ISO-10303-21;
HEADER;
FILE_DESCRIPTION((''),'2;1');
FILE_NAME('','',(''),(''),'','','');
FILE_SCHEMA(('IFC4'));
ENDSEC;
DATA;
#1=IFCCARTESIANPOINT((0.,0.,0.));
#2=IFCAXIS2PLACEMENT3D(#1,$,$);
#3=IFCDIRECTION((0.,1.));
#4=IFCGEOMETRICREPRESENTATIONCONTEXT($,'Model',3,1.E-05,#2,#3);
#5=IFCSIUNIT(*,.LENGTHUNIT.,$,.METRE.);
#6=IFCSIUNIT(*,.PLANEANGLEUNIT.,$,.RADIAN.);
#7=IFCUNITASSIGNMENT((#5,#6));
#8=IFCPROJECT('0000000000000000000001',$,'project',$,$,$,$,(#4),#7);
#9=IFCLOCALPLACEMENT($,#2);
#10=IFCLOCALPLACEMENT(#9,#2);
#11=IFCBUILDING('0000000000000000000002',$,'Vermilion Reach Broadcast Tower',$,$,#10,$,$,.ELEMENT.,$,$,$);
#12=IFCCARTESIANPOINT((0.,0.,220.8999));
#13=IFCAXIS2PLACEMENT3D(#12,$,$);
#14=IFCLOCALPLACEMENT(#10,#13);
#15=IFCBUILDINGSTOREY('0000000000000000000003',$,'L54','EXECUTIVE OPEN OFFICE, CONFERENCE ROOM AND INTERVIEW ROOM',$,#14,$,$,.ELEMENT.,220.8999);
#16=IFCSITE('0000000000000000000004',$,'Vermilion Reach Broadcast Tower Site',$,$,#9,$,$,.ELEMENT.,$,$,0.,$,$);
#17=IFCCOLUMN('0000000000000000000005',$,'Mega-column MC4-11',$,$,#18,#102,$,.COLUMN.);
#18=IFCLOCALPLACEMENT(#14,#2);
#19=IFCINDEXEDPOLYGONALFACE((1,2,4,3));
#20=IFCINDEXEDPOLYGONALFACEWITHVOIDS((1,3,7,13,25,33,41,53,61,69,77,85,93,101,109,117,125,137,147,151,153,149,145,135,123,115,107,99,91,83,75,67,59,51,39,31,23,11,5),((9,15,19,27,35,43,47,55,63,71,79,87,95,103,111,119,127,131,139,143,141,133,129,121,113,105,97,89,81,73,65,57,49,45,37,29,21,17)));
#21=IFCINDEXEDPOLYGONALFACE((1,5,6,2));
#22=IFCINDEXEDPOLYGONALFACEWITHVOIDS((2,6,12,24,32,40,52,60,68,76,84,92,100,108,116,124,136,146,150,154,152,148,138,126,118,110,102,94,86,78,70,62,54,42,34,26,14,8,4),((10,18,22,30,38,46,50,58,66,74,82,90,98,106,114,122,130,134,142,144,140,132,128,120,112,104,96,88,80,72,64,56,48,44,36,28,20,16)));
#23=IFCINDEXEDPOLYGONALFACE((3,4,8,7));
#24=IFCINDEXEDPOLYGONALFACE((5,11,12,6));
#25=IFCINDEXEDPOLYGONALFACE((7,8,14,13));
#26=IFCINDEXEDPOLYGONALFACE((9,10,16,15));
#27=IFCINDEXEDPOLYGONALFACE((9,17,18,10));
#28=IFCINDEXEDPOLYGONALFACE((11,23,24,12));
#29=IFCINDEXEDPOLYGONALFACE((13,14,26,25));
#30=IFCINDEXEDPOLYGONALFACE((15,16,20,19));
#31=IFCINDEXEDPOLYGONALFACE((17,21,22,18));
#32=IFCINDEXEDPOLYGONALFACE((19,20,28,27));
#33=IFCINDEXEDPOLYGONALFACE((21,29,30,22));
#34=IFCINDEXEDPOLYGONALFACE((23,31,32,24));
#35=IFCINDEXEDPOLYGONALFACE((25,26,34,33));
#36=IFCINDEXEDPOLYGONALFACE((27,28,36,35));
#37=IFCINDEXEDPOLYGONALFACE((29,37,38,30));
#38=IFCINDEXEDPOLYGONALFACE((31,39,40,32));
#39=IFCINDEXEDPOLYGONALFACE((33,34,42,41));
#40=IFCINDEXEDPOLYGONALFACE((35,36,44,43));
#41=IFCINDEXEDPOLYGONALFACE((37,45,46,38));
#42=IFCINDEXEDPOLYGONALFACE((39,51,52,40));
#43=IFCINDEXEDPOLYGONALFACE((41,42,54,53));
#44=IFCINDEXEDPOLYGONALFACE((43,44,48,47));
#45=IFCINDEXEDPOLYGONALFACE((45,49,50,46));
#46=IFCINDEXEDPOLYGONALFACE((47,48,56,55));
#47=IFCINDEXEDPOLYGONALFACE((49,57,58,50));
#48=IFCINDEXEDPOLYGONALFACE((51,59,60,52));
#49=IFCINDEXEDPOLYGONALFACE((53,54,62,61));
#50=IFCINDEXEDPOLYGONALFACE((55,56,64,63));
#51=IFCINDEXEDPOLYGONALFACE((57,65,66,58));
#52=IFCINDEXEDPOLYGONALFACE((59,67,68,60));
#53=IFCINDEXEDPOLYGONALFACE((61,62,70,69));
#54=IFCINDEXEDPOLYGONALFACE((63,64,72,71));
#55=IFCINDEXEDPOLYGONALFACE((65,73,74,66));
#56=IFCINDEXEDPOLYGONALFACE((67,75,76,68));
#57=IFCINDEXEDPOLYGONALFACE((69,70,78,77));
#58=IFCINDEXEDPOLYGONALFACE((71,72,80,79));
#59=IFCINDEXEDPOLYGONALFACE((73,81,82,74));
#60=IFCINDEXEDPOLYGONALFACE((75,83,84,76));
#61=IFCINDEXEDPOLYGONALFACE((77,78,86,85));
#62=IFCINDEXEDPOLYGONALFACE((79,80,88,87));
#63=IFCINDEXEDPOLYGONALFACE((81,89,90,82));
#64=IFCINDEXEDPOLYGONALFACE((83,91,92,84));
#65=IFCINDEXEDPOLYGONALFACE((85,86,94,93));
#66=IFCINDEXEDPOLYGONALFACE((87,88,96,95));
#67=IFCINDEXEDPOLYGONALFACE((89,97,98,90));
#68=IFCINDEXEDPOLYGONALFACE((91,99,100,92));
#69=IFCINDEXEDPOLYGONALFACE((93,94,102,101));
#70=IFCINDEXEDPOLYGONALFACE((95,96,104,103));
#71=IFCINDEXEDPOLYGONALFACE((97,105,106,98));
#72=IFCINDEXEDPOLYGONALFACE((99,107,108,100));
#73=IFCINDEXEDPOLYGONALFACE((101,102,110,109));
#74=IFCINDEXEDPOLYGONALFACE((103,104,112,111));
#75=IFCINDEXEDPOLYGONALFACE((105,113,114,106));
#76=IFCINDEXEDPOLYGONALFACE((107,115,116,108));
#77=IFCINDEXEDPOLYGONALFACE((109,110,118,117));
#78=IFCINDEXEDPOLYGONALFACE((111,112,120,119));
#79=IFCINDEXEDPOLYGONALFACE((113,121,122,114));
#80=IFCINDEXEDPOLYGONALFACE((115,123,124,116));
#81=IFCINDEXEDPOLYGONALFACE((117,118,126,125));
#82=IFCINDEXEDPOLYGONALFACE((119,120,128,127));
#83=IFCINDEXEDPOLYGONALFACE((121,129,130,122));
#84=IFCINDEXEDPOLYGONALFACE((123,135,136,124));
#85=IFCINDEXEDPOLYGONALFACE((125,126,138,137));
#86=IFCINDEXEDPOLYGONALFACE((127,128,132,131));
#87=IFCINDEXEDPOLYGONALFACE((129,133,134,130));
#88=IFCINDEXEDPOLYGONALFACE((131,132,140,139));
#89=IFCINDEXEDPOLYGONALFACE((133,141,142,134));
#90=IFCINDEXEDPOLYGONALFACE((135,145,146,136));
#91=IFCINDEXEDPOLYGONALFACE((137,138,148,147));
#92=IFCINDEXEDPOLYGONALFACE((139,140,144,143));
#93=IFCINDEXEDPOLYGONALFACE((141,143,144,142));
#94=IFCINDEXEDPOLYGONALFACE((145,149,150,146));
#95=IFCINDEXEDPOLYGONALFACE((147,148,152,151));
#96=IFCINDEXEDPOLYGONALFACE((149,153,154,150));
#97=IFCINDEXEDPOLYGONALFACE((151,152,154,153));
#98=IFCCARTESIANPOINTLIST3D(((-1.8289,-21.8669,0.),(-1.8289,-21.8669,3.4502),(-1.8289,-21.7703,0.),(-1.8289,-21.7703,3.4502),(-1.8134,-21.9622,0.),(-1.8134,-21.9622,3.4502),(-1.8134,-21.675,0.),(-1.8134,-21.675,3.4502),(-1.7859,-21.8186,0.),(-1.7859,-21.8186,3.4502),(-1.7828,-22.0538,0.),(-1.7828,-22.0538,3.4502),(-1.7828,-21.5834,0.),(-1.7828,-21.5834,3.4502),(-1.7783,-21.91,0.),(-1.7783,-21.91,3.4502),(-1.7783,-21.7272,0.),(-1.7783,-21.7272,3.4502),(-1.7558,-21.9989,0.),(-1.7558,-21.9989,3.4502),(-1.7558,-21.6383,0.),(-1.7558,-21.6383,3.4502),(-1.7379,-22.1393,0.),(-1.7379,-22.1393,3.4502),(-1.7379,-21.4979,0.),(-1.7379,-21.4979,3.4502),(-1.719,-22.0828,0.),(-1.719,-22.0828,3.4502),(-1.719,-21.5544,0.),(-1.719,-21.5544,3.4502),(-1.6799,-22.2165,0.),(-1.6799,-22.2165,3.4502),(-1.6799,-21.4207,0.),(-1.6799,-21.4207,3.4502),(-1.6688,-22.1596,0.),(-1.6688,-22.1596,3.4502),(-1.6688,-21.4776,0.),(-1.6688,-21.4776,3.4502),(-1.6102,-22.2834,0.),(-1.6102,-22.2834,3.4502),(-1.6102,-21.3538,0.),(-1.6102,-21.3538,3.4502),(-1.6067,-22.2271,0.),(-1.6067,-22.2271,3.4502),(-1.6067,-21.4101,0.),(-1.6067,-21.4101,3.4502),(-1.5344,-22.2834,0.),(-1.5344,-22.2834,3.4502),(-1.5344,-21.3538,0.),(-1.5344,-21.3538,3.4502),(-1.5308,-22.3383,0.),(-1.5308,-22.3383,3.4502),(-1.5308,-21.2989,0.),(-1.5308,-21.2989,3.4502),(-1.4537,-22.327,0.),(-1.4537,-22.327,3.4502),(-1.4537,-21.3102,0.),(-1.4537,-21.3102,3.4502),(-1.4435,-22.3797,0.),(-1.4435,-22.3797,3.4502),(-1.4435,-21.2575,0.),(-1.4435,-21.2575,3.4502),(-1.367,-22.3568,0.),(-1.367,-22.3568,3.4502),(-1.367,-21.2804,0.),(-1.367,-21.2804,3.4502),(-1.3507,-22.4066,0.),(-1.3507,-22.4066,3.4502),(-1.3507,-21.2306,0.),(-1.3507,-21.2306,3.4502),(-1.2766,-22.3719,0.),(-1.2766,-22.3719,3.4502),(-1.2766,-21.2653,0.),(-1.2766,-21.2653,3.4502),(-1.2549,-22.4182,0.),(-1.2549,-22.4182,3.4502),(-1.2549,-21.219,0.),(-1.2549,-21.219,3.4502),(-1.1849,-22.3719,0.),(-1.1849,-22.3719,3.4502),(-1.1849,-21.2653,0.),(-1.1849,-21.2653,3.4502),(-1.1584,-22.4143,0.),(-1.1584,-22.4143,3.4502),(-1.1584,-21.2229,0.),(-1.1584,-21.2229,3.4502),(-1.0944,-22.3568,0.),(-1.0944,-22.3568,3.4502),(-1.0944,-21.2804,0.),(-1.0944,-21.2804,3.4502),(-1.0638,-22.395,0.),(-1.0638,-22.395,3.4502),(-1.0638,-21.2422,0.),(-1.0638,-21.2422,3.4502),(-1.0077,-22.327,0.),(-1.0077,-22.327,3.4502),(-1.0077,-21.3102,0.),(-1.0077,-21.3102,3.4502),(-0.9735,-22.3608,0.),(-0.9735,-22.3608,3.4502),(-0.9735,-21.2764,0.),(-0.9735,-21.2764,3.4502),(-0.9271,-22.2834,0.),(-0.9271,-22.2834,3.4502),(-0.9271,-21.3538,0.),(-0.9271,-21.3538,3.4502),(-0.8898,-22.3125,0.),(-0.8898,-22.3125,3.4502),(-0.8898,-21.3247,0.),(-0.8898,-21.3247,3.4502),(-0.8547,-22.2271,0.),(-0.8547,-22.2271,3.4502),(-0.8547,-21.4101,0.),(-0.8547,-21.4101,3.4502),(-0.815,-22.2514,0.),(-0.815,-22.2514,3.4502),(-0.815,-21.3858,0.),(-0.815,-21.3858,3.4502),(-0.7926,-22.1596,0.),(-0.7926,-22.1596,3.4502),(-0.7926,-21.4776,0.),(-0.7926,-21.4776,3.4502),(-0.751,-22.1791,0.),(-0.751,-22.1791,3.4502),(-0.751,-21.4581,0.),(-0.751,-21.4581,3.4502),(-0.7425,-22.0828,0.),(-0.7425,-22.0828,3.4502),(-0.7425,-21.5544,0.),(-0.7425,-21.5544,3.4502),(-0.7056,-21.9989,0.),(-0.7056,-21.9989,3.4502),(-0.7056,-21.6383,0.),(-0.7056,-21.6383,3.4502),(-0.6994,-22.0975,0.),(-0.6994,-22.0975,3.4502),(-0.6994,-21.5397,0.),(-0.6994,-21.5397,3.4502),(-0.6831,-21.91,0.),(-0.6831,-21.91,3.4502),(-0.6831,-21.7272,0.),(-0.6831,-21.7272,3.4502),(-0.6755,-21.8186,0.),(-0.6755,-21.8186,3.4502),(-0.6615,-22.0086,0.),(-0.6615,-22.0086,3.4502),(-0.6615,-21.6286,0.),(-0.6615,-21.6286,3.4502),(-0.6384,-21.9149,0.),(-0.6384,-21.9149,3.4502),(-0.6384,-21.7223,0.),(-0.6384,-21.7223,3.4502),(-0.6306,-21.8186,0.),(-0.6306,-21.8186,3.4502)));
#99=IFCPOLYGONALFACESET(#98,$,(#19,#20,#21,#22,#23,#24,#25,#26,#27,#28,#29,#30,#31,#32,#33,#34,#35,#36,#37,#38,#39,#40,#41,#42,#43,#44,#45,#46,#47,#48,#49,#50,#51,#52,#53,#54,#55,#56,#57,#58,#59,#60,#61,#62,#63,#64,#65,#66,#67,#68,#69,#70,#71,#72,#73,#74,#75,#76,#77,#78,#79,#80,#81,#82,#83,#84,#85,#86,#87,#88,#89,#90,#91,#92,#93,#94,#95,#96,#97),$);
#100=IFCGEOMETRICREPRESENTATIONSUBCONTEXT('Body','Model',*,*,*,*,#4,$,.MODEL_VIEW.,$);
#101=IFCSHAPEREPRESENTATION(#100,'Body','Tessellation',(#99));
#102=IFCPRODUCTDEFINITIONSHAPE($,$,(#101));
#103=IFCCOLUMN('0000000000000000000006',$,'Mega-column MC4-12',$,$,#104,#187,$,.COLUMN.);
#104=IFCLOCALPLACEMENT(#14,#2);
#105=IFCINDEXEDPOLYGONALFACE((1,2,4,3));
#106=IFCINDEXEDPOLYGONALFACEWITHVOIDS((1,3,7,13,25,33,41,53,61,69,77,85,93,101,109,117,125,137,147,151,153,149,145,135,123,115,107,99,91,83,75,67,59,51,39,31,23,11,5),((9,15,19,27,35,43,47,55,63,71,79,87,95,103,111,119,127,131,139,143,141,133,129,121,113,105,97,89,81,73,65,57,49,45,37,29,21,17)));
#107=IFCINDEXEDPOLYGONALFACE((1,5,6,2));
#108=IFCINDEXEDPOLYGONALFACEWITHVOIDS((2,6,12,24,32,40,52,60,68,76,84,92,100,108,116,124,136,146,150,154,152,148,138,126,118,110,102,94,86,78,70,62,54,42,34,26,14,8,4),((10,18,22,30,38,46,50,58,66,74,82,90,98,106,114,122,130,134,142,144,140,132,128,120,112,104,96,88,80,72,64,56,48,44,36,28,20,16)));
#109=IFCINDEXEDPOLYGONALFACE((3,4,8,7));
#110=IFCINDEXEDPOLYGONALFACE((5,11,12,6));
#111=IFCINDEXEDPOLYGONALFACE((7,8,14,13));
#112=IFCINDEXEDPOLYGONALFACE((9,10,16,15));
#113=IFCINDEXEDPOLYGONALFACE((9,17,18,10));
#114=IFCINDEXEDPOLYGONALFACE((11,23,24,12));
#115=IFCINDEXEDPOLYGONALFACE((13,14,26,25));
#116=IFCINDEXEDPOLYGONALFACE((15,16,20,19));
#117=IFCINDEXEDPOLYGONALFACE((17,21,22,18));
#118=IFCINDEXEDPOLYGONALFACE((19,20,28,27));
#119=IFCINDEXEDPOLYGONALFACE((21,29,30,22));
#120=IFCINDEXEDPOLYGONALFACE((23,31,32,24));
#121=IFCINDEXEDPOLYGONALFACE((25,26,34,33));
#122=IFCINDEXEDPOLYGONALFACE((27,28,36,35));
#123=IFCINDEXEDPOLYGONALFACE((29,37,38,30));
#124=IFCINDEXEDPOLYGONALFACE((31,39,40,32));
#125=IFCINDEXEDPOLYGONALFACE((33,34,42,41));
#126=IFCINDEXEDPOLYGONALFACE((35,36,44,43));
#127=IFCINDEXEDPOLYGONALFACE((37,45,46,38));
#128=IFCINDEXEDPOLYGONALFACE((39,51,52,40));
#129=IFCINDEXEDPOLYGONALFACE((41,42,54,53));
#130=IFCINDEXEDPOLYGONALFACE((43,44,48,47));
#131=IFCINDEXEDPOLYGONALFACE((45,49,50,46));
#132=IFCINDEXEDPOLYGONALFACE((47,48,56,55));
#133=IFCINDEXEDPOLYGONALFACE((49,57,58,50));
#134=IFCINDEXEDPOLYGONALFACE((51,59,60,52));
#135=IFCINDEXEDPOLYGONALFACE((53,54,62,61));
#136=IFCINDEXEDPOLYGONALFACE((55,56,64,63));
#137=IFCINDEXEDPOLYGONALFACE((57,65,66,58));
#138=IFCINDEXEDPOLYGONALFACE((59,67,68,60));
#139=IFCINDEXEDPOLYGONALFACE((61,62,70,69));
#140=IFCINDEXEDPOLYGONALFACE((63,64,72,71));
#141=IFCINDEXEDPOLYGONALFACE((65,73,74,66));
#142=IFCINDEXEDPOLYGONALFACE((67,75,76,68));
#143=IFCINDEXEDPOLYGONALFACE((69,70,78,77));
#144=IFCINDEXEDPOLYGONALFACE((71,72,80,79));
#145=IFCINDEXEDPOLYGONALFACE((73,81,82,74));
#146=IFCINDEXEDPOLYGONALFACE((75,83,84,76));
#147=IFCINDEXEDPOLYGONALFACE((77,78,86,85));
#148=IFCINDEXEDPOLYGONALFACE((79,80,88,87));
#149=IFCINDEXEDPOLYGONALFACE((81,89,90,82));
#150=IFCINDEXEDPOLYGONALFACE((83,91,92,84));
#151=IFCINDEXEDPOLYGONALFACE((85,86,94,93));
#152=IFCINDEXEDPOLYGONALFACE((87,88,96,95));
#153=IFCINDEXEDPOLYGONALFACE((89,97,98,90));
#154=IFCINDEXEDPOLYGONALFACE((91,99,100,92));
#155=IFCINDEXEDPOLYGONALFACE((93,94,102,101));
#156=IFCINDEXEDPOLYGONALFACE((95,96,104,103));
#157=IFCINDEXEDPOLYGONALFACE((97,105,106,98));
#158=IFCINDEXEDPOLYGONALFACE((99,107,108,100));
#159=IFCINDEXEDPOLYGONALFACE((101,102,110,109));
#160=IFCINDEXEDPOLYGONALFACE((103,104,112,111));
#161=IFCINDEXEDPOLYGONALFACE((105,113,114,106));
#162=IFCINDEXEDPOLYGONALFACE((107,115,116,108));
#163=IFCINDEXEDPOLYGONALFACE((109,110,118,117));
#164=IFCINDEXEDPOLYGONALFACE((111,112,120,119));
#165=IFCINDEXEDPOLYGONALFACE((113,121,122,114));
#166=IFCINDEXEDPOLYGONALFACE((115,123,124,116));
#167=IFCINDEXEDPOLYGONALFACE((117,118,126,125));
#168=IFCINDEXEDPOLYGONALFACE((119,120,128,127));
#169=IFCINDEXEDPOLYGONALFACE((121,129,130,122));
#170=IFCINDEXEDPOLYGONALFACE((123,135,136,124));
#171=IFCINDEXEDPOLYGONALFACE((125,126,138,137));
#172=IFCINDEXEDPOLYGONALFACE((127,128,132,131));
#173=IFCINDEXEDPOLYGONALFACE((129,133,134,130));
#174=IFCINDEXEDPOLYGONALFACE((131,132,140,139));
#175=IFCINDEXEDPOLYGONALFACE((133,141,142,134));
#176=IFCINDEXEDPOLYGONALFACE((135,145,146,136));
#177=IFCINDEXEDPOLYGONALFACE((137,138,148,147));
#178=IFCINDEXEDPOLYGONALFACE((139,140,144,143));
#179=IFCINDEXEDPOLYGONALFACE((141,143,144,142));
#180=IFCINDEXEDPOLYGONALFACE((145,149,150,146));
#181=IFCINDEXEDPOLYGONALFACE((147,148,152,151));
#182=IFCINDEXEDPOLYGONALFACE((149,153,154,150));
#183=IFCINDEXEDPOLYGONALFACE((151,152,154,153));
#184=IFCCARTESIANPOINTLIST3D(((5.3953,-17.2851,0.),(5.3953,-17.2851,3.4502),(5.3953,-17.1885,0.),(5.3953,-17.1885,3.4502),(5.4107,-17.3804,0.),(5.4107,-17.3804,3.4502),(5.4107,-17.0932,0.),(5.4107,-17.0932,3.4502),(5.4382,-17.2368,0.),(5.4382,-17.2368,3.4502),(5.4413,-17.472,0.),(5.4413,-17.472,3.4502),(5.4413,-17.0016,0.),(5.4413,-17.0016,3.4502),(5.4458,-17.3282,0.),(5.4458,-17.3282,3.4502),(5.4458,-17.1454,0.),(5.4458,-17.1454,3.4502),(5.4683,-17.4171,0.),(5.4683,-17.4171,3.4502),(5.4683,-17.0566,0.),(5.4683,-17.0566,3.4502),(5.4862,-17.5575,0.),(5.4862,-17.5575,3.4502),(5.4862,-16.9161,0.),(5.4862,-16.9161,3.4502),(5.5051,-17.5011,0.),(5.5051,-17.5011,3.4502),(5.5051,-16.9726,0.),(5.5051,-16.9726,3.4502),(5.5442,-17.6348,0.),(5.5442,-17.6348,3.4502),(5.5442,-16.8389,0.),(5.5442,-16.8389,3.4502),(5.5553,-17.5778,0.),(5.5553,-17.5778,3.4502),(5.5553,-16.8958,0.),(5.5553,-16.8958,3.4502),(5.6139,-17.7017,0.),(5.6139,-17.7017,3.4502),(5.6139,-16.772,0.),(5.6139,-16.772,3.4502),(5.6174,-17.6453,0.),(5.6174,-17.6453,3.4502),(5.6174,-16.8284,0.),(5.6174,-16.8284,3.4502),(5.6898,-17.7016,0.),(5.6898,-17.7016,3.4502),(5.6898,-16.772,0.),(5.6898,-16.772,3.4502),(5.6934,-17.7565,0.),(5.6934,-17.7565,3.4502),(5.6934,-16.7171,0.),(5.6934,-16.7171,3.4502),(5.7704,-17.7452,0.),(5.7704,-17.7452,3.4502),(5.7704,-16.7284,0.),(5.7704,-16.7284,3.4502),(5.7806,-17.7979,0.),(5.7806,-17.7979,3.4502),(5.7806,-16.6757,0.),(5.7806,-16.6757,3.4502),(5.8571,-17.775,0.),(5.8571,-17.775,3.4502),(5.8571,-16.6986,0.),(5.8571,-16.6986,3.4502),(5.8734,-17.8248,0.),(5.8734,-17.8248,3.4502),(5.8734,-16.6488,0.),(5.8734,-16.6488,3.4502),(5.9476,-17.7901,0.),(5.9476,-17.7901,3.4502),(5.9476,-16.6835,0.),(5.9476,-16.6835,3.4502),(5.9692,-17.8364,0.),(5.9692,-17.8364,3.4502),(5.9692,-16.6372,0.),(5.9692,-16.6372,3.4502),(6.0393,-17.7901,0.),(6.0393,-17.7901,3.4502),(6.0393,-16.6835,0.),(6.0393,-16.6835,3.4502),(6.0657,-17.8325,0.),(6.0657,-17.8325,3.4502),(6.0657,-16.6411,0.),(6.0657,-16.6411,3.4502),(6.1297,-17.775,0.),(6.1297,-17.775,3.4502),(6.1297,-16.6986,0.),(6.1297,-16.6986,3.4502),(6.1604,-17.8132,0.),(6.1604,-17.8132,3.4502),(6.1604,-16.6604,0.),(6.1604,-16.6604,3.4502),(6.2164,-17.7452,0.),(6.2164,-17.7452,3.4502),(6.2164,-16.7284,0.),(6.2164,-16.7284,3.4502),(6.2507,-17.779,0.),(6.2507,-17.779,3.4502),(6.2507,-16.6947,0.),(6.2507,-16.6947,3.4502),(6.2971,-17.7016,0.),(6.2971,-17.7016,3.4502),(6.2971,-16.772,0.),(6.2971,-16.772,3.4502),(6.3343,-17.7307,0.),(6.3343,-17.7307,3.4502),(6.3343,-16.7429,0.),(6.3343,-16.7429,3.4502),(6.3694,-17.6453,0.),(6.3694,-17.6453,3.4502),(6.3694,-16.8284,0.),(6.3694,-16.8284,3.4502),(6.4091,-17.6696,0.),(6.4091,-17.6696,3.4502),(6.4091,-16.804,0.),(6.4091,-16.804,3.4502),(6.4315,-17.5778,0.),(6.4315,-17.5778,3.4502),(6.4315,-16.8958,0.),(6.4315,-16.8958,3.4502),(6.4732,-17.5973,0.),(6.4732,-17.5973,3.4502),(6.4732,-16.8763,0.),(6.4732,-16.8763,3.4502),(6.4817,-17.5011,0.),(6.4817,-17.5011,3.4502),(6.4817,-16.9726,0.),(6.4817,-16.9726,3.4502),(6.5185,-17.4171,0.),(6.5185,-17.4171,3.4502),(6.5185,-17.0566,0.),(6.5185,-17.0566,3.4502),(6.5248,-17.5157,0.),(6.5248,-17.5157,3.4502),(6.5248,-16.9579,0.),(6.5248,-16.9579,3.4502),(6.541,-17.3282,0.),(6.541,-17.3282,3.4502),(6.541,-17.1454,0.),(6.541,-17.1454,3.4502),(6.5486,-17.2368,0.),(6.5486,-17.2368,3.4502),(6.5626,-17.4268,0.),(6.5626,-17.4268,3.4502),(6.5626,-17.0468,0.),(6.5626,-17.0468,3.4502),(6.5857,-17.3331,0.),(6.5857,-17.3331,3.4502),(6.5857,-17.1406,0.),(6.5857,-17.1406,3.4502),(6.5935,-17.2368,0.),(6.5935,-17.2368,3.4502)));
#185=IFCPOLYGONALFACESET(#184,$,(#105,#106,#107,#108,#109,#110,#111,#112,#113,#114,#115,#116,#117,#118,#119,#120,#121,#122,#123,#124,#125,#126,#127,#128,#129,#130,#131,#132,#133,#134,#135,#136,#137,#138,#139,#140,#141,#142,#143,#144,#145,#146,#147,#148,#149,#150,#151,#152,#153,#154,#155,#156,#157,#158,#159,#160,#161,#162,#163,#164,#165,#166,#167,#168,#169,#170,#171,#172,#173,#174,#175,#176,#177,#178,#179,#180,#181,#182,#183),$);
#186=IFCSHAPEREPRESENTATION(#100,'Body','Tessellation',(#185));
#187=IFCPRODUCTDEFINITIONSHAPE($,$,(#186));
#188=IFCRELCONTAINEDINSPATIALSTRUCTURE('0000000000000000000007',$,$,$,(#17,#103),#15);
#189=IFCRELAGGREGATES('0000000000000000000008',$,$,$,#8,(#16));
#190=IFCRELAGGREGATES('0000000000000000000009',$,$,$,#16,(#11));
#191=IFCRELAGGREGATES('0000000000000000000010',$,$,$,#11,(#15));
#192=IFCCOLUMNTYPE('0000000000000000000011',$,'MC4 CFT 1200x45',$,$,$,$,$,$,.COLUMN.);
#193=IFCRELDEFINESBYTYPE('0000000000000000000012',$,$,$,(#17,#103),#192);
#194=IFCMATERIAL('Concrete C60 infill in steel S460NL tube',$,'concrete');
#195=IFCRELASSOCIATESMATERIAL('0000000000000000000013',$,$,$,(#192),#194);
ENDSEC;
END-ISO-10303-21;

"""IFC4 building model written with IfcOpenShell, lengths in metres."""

from ifc_helpers import new_model, si_unit, direction, frame, origin, origin_2d, place, context, subcontext, project, spatial, hollow_circle, extrude, material, material_profile, profile_set, type_object, element, save


model = new_model("IFC4")

# Units and contexts
model_context = context("Model", 3, precision=1e-05, world=origin(), true_north=direction((0.0, 1.0)))
body_context = subcontext(model_context, "Body", "Model", "MODEL_VIEW")
ifc_project = project(units=[si_unit("LENGTHUNIT", "METRE"), si_unit("PLANEANGLEUNIT", "RADIAN")], contexts=[model_context])

# Site, building, storey
site_placement = place(None, origin())
site = spatial("IfcSite", under=ifc_project, at=site_placement, Name="Vermilion Reach Broadcast Tower Site", CompositionType="ELEMENT", RefElevation=0.0)
building_placement = place(site_placement, origin())
building = spatial("IfcBuilding", under=site, at=building_placement, Name="Vermilion Reach Broadcast Tower", CompositionType="ELEMENT")
storey_placement = place(building_placement, frame((0.0, 0.0, 220.8999)))
storey = spatial("IfcBuildingStorey", under=building, at=storey_placement, Name="L54", Description="EXECUTIVE OPEN OFFICE, CONFERENCE ROOM AND INTERVIEW ROOM", CompositionType="ELEMENT", Elevation=220.8999)

# Columns
ifc_material_1 = material(Name="Concrete C60 infill in steel S460NL tube", Category="concrete")
ifc_material_profile_1 = material_profile(ifc_material_1, hollow_circle(Radius=0.6001, WallThickness=0.0449, at=origin_2d()), Name="Concrete C60 infill in steel S460NL tube CFT 1200x45")
ifc_profile_set_1 = profile_set([ifc_material_profile_1], Name="Concrete C60 infill in steel S460NL tube")
column_type = type_object("IfcColumnType", Name="MC4 CFT 1200x45", PredefinedType="COLUMN", material=ifc_profile_set_1)
for number, where, z_axis, x_axis, name in (
    (1, (-1.2307, -21.8186, 0.0), (0.0, 0.0, 1.0), (1.0, 0.0, 0.0), "Mega-column MC4-11"),
    (2, (5.9934, -17.2368, 0.0), (0.0, 0.0, 1.0), (1.0, 0.0, 0.0), "Mega-column MC4-12"),
):
    element("IfcColumn", number, at=place(storey_placement, frame(where, z_axis=z_axis, x_axis=x_axis)), inside=storey, type_object=column_type, Name=name, PredefinedType="COLUMN", context=body_context, shape_type="SweptSolid", body=[
        extrude(hollow_circle(Radius=0.6001, WallThickness=0.0449, at=origin_2d()), origin(), (0.0, 0.0, 1.0), 3.4502),
    ])

save(model, "model.ifc")
